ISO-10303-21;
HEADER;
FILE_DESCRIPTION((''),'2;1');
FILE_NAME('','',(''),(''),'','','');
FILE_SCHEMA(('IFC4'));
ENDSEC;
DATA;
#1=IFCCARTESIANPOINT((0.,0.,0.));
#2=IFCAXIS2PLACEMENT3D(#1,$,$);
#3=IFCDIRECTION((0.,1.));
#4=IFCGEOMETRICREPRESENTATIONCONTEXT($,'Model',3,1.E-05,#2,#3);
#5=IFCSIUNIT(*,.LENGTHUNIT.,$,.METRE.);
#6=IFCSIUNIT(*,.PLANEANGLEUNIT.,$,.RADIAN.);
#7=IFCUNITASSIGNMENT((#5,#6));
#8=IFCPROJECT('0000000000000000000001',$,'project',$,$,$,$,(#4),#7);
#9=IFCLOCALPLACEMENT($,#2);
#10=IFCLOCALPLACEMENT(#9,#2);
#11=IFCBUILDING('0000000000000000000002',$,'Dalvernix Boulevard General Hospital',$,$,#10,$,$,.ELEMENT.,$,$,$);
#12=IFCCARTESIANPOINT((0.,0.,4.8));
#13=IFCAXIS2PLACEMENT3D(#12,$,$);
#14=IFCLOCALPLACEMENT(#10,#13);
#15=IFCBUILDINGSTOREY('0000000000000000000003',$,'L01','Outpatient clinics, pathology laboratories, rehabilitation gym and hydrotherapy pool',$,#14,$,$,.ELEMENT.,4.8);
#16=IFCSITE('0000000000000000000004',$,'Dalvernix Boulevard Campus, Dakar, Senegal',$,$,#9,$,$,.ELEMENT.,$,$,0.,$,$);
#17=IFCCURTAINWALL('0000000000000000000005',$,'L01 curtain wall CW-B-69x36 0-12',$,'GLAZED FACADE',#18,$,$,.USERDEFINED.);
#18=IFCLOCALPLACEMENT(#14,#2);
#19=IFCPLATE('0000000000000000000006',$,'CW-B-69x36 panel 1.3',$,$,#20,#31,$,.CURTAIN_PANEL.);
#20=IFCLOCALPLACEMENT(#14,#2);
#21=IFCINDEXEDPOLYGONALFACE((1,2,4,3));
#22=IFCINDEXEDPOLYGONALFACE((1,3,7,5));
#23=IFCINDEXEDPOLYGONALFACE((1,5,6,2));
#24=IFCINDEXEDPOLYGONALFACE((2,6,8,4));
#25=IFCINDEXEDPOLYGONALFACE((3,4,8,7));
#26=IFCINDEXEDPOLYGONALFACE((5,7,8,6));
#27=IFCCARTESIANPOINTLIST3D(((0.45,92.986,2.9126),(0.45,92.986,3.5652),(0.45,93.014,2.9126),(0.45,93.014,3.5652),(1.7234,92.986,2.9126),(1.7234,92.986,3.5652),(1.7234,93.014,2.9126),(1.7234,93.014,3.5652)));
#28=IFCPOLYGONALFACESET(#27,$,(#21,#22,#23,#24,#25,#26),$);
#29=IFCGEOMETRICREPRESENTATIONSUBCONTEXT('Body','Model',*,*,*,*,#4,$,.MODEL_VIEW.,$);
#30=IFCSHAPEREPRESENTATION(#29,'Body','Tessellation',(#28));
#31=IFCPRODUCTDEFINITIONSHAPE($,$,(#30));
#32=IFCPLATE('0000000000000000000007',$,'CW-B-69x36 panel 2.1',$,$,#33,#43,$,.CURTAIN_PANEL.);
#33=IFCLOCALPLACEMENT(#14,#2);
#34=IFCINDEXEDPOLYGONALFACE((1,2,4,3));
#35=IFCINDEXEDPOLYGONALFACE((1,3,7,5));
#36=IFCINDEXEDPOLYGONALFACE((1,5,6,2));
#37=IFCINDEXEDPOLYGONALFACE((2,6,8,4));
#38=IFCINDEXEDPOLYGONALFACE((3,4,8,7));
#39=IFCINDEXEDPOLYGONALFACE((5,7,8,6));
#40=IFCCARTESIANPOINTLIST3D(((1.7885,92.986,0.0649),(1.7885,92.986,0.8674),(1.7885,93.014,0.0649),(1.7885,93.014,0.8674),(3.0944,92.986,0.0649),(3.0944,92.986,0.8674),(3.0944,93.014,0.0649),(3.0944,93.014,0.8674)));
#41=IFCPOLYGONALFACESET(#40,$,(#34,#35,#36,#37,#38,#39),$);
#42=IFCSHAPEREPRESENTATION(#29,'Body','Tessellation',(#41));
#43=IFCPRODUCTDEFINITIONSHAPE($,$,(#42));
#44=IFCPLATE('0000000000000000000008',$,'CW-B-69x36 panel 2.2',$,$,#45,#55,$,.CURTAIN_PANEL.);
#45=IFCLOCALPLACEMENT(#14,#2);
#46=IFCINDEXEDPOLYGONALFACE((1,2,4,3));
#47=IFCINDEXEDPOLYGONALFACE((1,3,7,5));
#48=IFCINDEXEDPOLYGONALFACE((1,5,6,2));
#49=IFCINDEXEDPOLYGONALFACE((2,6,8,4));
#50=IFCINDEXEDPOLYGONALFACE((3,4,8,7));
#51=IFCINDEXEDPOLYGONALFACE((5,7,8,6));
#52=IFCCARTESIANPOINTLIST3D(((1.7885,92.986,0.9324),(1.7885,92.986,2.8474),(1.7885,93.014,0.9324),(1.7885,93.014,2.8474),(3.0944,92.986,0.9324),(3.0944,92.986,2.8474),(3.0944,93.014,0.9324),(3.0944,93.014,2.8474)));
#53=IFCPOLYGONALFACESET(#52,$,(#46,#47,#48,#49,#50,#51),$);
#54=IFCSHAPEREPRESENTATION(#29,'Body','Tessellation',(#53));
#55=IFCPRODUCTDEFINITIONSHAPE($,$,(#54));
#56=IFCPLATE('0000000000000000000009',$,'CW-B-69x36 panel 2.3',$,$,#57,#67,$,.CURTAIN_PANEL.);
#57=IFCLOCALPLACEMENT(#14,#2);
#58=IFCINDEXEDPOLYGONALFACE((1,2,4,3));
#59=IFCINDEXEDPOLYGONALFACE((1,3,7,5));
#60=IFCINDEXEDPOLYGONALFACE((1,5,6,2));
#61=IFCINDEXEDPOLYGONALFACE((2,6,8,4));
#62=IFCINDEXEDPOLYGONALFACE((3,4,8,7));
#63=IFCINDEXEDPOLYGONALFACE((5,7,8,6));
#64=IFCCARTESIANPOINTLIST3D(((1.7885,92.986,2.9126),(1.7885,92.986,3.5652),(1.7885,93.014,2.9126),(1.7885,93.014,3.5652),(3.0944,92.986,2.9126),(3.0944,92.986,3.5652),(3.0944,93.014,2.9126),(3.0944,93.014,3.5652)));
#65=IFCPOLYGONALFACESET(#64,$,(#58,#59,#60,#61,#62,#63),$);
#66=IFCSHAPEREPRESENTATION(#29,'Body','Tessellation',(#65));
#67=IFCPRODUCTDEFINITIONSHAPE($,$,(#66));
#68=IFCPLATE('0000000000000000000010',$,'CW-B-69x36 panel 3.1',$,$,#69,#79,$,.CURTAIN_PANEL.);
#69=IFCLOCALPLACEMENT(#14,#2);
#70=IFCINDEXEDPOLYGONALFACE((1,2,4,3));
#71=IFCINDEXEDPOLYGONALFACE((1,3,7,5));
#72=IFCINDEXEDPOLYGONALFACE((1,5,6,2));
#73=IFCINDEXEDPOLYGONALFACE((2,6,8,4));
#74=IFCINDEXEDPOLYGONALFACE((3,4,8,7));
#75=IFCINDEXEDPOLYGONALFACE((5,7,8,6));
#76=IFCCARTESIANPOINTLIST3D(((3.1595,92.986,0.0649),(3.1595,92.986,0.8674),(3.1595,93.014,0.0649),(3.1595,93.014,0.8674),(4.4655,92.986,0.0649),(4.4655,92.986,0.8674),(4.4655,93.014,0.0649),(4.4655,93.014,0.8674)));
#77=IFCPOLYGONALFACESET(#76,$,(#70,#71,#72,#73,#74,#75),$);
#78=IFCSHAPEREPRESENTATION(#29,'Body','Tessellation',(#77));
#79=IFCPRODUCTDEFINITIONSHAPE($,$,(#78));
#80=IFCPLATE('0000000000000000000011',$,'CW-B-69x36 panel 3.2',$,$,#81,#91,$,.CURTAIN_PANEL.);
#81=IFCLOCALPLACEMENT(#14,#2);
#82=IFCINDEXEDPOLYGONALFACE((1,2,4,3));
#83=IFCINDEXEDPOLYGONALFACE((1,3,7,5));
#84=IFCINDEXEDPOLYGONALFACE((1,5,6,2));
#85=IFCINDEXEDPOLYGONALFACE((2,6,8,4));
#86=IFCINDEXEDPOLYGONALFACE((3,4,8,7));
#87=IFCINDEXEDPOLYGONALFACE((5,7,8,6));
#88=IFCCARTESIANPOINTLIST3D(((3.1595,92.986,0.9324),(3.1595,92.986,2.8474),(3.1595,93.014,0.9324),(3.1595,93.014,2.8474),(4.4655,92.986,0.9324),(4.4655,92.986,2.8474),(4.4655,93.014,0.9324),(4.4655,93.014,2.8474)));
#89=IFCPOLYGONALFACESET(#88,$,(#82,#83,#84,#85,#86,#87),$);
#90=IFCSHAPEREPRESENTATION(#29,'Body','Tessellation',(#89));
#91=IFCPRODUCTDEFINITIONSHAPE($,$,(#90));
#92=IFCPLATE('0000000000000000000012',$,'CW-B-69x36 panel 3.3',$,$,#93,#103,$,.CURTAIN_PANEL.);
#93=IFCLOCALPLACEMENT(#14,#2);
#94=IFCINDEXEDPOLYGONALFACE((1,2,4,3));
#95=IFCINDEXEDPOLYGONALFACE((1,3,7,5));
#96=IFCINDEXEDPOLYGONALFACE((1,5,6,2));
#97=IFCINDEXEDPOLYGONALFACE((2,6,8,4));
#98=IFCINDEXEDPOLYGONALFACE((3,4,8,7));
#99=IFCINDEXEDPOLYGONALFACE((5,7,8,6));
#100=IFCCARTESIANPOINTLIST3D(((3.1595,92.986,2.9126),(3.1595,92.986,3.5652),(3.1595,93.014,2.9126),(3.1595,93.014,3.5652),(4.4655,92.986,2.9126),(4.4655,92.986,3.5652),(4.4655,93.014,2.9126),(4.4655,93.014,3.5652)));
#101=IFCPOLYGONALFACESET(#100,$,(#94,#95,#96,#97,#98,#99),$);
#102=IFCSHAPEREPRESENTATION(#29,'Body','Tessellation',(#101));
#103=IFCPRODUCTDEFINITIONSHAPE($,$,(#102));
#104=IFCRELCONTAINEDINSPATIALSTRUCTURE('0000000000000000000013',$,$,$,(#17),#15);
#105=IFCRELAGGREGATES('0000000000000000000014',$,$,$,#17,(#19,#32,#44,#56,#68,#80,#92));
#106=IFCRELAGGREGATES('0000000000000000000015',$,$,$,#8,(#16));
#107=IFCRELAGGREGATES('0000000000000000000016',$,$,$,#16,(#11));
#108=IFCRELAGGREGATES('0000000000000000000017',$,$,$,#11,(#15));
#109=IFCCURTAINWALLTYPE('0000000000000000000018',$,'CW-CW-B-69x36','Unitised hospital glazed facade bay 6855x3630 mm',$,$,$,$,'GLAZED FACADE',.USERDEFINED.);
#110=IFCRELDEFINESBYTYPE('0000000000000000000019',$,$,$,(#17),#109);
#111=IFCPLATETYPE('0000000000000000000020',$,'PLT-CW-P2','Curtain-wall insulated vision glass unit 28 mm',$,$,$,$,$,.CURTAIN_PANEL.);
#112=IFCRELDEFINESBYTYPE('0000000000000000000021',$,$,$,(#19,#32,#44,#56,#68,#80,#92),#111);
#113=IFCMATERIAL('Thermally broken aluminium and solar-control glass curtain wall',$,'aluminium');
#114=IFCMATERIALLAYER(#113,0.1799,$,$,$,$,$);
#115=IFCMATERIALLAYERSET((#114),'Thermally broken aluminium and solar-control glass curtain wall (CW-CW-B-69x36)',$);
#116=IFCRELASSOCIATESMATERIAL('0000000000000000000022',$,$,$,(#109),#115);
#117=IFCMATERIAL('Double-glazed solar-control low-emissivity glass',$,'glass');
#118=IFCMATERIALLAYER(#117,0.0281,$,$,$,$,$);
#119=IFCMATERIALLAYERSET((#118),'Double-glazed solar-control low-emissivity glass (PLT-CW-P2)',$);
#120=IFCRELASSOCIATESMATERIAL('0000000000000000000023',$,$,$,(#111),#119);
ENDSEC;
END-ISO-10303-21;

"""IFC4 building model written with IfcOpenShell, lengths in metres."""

from ifc_helpers import new_model, si_unit, direction, frame, origin, origin_2d, place, context, subcontext, project, spatial, rectangle, extrude, material, layer, layer_set, type_object, element, aggregate, save


model = new_model("IFC4")

# Units and contexts
model_context = context("Model", 3, precision=1e-05, world=origin(), true_north=direction((0.0, 1.0)))
body_context = subcontext(model_context, "Body", "Model", "MODEL_VIEW")
ifc_project = project(units=[si_unit("LENGTHUNIT", "METRE"), si_unit("PLANEANGLEUNIT", "RADIAN")], contexts=[model_context])

# Site, building, storey
site_placement = place(None, origin())
site = spatial("IfcSite", under=ifc_project, at=site_placement, Name="Dalvernix Boulevard Campus, Dakar, Senegal", CompositionType="ELEMENT", RefElevation=0.0)
building_placement = place(site_placement, origin())
building = spatial("IfcBuilding", under=site, at=building_placement, Name="Dalvernix Boulevard General Hospital", CompositionType="ELEMENT")
storey_placement = place(building_placement, frame((0.0, 0.0, 4.8)))
storey = spatial("IfcBuildingStorey", under=building, at=storey_placement, Name="L01", Description="Outpatient clinics, pathology laboratories, rehabilitation gym and hydrotherapy pool", CompositionType="ELEMENT", Elevation=4.8)

# Curtain wall, plates
ifc_material_1 = material(Name="Thermally broken aluminium and solar-control glass curtain wall", Category="aluminium")
ifc_layer_1 = layer(ifc_material_1, 0.1799)
ifc_layer_set_1 = layer_set([ifc_layer_1], Name="Thermally broken aluminium and solar-control glass curtain wall (CW-CW-B-69x36)")
curtain_wall_type = type_object("IfcCurtainWallType", Name="CW-CW-B-69x36", Description="Unitised hospital glazed facade bay 6855x3630 mm", ElementType="GLAZED FACADE", PredefinedType="USERDEFINED", material=ifc_layer_set_1)
curtain_wall_placement = place(storey_placement, origin())
curtain_wall = element("IfcCurtainWall", 1, at=curtain_wall_placement, inside=storey, type_object=curtain_wall_type, Name="L01 curtain wall CW-B-69x36 0-12", ObjectType="GLAZED FACADE", PredefinedType="USERDEFINED")
ifc_material_2 = material(Name="Double-glazed solar-control low-emissivity glass", Category="glass")
ifc_layer_2 = layer(ifc_material_2, 0.0281)
ifc_layer_set_2 = layer_set([ifc_layer_2], Name="Double-glazed solar-control low-emissivity glass (PLT-CW-P2)")
plate_type = type_object("IfcPlateType", Name="PLT-CW-P2", Description="Curtain-wall insulated vision glass unit 28 mm", PredefinedType="CURTAIN_PANEL", material=ifc_layer_set_2)
plate_1_placement = place(storey_placement, frame((1.0867, 93.0, 2.9126), z_axis=(0.0, 0.0, 1.0), x_axis=(1.0, 0.0, 0.0)))
plate_1 = element("IfcPlate", 2, at=plate_1_placement, type_object=plate_type, Name="CW-B-69x36 panel 1.3", PredefinedType="CURTAIN_PANEL", context=body_context, shape_type="SweptSolid", body=[
    extrude(rectangle(XDim=1.2734, YDim=0.0281, at=origin_2d()), origin(), (0.0, 0.0, 1.0), 0.6526),
])
plate_2_placement = place(storey_placement, frame((2.4414, 93.0, 0.0649), z_axis=(0.0, 0.0, 1.0), x_axis=(1.0, 0.0, 0.0)))
plate_2 = element("IfcPlate", 3, at=plate_2_placement, type_object=plate_type, Name="CW-B-69x36 panel 2.1", PredefinedType="CURTAIN_PANEL", context=body_context, shape_type="SweptSolid", body=[
    extrude(rectangle(XDim=1.3059, YDim=0.0281, at=origin_2d()), origin(), (0.0, 0.0, 1.0), 0.8025),
])
plate_3_placement = place(storey_placement, frame((2.4414, 93.0, 0.9324), z_axis=(0.0, 0.0, 1.0), x_axis=(1.0, 0.0, 0.0)))
plate_3 = element("IfcPlate", 4, at=plate_3_placement, type_object=plate_type, Name="CW-B-69x36 panel 2.2", PredefinedType="CURTAIN_PANEL", context=body_context, shape_type="SweptSolid", body=[
    extrude(rectangle(XDim=1.3059, YDim=0.0281, at=origin_2d()), origin(), (0.0, 0.0, 1.0), 1.915),
])
plate_4_placement = place(storey_placement, frame((2.4414, 93.0, 2.9126), z_axis=(0.0, 0.0, 1.0), x_axis=(1.0, 0.0, 0.0)))
plate_4 = element("IfcPlate", 5, at=plate_4_placement, type_object=plate_type, Name="CW-B-69x36 panel 2.3", PredefinedType="CURTAIN_PANEL", context=body_context, shape_type="SweptSolid", body=[
    extrude(rectangle(XDim=1.3059, YDim=0.0281, at=origin_2d()), origin(), (0.0, 0.0, 1.0), 0.6526),
])
plate_5_placement = place(storey_placement, frame((3.8125, 93.0, 0.0649), z_axis=(0.0, 0.0, 1.0), x_axis=(1.0, 0.0, 0.0)))
plate_5 = element("IfcPlate", 6, at=plate_5_placement, type_object=plate_type, Name="CW-B-69x36 panel 3.1", PredefinedType="CURTAIN_PANEL", context=body_context, shape_type="SweptSolid", body=[
    extrude(rectangle(XDim=1.3059, YDim=0.0281, at=origin_2d()), origin(), (0.0, 0.0, 1.0), 0.8025),
])
plate_6_placement = place(storey_placement, frame((3.8125, 93.0, 0.9324), z_axis=(0.0, 0.0, 1.0), x_axis=(1.0, 0.0, 0.0)))
plate_6 = element("IfcPlate", 7, at=plate_6_placement, type_object=plate_type, Name="CW-B-69x36 panel 3.2", PredefinedType="CURTAIN_PANEL", context=body_context, shape_type="SweptSolid", body=[
    extrude(rectangle(XDim=1.3059, YDim=0.0281, at=origin_2d()), origin(), (0.0, 0.0, 1.0), 1.915),
])
plate_7_placement = place(storey_placement, frame((3.8125, 93.0, 2.9126), z_axis=(0.0, 0.0, 1.0), x_axis=(1.0, 0.0, 0.0)))
plate_7 = element("IfcPlate", 8, at=plate_7_placement, type_object=plate_type, Name="CW-B-69x36 panel 3.3", PredefinedType="CURTAIN_PANEL", context=body_context, shape_type="SweptSolid", body=[
    extrude(rectangle(XDim=1.3059, YDim=0.0281, at=origin_2d()), origin(), (0.0, 0.0, 1.0), 0.6526),
])
aggregate(curtain_wall, [plate_1, plate_2, plate_3, plate_4, plate_5, plate_6, plate_7])

save(model, "model.ifc")
